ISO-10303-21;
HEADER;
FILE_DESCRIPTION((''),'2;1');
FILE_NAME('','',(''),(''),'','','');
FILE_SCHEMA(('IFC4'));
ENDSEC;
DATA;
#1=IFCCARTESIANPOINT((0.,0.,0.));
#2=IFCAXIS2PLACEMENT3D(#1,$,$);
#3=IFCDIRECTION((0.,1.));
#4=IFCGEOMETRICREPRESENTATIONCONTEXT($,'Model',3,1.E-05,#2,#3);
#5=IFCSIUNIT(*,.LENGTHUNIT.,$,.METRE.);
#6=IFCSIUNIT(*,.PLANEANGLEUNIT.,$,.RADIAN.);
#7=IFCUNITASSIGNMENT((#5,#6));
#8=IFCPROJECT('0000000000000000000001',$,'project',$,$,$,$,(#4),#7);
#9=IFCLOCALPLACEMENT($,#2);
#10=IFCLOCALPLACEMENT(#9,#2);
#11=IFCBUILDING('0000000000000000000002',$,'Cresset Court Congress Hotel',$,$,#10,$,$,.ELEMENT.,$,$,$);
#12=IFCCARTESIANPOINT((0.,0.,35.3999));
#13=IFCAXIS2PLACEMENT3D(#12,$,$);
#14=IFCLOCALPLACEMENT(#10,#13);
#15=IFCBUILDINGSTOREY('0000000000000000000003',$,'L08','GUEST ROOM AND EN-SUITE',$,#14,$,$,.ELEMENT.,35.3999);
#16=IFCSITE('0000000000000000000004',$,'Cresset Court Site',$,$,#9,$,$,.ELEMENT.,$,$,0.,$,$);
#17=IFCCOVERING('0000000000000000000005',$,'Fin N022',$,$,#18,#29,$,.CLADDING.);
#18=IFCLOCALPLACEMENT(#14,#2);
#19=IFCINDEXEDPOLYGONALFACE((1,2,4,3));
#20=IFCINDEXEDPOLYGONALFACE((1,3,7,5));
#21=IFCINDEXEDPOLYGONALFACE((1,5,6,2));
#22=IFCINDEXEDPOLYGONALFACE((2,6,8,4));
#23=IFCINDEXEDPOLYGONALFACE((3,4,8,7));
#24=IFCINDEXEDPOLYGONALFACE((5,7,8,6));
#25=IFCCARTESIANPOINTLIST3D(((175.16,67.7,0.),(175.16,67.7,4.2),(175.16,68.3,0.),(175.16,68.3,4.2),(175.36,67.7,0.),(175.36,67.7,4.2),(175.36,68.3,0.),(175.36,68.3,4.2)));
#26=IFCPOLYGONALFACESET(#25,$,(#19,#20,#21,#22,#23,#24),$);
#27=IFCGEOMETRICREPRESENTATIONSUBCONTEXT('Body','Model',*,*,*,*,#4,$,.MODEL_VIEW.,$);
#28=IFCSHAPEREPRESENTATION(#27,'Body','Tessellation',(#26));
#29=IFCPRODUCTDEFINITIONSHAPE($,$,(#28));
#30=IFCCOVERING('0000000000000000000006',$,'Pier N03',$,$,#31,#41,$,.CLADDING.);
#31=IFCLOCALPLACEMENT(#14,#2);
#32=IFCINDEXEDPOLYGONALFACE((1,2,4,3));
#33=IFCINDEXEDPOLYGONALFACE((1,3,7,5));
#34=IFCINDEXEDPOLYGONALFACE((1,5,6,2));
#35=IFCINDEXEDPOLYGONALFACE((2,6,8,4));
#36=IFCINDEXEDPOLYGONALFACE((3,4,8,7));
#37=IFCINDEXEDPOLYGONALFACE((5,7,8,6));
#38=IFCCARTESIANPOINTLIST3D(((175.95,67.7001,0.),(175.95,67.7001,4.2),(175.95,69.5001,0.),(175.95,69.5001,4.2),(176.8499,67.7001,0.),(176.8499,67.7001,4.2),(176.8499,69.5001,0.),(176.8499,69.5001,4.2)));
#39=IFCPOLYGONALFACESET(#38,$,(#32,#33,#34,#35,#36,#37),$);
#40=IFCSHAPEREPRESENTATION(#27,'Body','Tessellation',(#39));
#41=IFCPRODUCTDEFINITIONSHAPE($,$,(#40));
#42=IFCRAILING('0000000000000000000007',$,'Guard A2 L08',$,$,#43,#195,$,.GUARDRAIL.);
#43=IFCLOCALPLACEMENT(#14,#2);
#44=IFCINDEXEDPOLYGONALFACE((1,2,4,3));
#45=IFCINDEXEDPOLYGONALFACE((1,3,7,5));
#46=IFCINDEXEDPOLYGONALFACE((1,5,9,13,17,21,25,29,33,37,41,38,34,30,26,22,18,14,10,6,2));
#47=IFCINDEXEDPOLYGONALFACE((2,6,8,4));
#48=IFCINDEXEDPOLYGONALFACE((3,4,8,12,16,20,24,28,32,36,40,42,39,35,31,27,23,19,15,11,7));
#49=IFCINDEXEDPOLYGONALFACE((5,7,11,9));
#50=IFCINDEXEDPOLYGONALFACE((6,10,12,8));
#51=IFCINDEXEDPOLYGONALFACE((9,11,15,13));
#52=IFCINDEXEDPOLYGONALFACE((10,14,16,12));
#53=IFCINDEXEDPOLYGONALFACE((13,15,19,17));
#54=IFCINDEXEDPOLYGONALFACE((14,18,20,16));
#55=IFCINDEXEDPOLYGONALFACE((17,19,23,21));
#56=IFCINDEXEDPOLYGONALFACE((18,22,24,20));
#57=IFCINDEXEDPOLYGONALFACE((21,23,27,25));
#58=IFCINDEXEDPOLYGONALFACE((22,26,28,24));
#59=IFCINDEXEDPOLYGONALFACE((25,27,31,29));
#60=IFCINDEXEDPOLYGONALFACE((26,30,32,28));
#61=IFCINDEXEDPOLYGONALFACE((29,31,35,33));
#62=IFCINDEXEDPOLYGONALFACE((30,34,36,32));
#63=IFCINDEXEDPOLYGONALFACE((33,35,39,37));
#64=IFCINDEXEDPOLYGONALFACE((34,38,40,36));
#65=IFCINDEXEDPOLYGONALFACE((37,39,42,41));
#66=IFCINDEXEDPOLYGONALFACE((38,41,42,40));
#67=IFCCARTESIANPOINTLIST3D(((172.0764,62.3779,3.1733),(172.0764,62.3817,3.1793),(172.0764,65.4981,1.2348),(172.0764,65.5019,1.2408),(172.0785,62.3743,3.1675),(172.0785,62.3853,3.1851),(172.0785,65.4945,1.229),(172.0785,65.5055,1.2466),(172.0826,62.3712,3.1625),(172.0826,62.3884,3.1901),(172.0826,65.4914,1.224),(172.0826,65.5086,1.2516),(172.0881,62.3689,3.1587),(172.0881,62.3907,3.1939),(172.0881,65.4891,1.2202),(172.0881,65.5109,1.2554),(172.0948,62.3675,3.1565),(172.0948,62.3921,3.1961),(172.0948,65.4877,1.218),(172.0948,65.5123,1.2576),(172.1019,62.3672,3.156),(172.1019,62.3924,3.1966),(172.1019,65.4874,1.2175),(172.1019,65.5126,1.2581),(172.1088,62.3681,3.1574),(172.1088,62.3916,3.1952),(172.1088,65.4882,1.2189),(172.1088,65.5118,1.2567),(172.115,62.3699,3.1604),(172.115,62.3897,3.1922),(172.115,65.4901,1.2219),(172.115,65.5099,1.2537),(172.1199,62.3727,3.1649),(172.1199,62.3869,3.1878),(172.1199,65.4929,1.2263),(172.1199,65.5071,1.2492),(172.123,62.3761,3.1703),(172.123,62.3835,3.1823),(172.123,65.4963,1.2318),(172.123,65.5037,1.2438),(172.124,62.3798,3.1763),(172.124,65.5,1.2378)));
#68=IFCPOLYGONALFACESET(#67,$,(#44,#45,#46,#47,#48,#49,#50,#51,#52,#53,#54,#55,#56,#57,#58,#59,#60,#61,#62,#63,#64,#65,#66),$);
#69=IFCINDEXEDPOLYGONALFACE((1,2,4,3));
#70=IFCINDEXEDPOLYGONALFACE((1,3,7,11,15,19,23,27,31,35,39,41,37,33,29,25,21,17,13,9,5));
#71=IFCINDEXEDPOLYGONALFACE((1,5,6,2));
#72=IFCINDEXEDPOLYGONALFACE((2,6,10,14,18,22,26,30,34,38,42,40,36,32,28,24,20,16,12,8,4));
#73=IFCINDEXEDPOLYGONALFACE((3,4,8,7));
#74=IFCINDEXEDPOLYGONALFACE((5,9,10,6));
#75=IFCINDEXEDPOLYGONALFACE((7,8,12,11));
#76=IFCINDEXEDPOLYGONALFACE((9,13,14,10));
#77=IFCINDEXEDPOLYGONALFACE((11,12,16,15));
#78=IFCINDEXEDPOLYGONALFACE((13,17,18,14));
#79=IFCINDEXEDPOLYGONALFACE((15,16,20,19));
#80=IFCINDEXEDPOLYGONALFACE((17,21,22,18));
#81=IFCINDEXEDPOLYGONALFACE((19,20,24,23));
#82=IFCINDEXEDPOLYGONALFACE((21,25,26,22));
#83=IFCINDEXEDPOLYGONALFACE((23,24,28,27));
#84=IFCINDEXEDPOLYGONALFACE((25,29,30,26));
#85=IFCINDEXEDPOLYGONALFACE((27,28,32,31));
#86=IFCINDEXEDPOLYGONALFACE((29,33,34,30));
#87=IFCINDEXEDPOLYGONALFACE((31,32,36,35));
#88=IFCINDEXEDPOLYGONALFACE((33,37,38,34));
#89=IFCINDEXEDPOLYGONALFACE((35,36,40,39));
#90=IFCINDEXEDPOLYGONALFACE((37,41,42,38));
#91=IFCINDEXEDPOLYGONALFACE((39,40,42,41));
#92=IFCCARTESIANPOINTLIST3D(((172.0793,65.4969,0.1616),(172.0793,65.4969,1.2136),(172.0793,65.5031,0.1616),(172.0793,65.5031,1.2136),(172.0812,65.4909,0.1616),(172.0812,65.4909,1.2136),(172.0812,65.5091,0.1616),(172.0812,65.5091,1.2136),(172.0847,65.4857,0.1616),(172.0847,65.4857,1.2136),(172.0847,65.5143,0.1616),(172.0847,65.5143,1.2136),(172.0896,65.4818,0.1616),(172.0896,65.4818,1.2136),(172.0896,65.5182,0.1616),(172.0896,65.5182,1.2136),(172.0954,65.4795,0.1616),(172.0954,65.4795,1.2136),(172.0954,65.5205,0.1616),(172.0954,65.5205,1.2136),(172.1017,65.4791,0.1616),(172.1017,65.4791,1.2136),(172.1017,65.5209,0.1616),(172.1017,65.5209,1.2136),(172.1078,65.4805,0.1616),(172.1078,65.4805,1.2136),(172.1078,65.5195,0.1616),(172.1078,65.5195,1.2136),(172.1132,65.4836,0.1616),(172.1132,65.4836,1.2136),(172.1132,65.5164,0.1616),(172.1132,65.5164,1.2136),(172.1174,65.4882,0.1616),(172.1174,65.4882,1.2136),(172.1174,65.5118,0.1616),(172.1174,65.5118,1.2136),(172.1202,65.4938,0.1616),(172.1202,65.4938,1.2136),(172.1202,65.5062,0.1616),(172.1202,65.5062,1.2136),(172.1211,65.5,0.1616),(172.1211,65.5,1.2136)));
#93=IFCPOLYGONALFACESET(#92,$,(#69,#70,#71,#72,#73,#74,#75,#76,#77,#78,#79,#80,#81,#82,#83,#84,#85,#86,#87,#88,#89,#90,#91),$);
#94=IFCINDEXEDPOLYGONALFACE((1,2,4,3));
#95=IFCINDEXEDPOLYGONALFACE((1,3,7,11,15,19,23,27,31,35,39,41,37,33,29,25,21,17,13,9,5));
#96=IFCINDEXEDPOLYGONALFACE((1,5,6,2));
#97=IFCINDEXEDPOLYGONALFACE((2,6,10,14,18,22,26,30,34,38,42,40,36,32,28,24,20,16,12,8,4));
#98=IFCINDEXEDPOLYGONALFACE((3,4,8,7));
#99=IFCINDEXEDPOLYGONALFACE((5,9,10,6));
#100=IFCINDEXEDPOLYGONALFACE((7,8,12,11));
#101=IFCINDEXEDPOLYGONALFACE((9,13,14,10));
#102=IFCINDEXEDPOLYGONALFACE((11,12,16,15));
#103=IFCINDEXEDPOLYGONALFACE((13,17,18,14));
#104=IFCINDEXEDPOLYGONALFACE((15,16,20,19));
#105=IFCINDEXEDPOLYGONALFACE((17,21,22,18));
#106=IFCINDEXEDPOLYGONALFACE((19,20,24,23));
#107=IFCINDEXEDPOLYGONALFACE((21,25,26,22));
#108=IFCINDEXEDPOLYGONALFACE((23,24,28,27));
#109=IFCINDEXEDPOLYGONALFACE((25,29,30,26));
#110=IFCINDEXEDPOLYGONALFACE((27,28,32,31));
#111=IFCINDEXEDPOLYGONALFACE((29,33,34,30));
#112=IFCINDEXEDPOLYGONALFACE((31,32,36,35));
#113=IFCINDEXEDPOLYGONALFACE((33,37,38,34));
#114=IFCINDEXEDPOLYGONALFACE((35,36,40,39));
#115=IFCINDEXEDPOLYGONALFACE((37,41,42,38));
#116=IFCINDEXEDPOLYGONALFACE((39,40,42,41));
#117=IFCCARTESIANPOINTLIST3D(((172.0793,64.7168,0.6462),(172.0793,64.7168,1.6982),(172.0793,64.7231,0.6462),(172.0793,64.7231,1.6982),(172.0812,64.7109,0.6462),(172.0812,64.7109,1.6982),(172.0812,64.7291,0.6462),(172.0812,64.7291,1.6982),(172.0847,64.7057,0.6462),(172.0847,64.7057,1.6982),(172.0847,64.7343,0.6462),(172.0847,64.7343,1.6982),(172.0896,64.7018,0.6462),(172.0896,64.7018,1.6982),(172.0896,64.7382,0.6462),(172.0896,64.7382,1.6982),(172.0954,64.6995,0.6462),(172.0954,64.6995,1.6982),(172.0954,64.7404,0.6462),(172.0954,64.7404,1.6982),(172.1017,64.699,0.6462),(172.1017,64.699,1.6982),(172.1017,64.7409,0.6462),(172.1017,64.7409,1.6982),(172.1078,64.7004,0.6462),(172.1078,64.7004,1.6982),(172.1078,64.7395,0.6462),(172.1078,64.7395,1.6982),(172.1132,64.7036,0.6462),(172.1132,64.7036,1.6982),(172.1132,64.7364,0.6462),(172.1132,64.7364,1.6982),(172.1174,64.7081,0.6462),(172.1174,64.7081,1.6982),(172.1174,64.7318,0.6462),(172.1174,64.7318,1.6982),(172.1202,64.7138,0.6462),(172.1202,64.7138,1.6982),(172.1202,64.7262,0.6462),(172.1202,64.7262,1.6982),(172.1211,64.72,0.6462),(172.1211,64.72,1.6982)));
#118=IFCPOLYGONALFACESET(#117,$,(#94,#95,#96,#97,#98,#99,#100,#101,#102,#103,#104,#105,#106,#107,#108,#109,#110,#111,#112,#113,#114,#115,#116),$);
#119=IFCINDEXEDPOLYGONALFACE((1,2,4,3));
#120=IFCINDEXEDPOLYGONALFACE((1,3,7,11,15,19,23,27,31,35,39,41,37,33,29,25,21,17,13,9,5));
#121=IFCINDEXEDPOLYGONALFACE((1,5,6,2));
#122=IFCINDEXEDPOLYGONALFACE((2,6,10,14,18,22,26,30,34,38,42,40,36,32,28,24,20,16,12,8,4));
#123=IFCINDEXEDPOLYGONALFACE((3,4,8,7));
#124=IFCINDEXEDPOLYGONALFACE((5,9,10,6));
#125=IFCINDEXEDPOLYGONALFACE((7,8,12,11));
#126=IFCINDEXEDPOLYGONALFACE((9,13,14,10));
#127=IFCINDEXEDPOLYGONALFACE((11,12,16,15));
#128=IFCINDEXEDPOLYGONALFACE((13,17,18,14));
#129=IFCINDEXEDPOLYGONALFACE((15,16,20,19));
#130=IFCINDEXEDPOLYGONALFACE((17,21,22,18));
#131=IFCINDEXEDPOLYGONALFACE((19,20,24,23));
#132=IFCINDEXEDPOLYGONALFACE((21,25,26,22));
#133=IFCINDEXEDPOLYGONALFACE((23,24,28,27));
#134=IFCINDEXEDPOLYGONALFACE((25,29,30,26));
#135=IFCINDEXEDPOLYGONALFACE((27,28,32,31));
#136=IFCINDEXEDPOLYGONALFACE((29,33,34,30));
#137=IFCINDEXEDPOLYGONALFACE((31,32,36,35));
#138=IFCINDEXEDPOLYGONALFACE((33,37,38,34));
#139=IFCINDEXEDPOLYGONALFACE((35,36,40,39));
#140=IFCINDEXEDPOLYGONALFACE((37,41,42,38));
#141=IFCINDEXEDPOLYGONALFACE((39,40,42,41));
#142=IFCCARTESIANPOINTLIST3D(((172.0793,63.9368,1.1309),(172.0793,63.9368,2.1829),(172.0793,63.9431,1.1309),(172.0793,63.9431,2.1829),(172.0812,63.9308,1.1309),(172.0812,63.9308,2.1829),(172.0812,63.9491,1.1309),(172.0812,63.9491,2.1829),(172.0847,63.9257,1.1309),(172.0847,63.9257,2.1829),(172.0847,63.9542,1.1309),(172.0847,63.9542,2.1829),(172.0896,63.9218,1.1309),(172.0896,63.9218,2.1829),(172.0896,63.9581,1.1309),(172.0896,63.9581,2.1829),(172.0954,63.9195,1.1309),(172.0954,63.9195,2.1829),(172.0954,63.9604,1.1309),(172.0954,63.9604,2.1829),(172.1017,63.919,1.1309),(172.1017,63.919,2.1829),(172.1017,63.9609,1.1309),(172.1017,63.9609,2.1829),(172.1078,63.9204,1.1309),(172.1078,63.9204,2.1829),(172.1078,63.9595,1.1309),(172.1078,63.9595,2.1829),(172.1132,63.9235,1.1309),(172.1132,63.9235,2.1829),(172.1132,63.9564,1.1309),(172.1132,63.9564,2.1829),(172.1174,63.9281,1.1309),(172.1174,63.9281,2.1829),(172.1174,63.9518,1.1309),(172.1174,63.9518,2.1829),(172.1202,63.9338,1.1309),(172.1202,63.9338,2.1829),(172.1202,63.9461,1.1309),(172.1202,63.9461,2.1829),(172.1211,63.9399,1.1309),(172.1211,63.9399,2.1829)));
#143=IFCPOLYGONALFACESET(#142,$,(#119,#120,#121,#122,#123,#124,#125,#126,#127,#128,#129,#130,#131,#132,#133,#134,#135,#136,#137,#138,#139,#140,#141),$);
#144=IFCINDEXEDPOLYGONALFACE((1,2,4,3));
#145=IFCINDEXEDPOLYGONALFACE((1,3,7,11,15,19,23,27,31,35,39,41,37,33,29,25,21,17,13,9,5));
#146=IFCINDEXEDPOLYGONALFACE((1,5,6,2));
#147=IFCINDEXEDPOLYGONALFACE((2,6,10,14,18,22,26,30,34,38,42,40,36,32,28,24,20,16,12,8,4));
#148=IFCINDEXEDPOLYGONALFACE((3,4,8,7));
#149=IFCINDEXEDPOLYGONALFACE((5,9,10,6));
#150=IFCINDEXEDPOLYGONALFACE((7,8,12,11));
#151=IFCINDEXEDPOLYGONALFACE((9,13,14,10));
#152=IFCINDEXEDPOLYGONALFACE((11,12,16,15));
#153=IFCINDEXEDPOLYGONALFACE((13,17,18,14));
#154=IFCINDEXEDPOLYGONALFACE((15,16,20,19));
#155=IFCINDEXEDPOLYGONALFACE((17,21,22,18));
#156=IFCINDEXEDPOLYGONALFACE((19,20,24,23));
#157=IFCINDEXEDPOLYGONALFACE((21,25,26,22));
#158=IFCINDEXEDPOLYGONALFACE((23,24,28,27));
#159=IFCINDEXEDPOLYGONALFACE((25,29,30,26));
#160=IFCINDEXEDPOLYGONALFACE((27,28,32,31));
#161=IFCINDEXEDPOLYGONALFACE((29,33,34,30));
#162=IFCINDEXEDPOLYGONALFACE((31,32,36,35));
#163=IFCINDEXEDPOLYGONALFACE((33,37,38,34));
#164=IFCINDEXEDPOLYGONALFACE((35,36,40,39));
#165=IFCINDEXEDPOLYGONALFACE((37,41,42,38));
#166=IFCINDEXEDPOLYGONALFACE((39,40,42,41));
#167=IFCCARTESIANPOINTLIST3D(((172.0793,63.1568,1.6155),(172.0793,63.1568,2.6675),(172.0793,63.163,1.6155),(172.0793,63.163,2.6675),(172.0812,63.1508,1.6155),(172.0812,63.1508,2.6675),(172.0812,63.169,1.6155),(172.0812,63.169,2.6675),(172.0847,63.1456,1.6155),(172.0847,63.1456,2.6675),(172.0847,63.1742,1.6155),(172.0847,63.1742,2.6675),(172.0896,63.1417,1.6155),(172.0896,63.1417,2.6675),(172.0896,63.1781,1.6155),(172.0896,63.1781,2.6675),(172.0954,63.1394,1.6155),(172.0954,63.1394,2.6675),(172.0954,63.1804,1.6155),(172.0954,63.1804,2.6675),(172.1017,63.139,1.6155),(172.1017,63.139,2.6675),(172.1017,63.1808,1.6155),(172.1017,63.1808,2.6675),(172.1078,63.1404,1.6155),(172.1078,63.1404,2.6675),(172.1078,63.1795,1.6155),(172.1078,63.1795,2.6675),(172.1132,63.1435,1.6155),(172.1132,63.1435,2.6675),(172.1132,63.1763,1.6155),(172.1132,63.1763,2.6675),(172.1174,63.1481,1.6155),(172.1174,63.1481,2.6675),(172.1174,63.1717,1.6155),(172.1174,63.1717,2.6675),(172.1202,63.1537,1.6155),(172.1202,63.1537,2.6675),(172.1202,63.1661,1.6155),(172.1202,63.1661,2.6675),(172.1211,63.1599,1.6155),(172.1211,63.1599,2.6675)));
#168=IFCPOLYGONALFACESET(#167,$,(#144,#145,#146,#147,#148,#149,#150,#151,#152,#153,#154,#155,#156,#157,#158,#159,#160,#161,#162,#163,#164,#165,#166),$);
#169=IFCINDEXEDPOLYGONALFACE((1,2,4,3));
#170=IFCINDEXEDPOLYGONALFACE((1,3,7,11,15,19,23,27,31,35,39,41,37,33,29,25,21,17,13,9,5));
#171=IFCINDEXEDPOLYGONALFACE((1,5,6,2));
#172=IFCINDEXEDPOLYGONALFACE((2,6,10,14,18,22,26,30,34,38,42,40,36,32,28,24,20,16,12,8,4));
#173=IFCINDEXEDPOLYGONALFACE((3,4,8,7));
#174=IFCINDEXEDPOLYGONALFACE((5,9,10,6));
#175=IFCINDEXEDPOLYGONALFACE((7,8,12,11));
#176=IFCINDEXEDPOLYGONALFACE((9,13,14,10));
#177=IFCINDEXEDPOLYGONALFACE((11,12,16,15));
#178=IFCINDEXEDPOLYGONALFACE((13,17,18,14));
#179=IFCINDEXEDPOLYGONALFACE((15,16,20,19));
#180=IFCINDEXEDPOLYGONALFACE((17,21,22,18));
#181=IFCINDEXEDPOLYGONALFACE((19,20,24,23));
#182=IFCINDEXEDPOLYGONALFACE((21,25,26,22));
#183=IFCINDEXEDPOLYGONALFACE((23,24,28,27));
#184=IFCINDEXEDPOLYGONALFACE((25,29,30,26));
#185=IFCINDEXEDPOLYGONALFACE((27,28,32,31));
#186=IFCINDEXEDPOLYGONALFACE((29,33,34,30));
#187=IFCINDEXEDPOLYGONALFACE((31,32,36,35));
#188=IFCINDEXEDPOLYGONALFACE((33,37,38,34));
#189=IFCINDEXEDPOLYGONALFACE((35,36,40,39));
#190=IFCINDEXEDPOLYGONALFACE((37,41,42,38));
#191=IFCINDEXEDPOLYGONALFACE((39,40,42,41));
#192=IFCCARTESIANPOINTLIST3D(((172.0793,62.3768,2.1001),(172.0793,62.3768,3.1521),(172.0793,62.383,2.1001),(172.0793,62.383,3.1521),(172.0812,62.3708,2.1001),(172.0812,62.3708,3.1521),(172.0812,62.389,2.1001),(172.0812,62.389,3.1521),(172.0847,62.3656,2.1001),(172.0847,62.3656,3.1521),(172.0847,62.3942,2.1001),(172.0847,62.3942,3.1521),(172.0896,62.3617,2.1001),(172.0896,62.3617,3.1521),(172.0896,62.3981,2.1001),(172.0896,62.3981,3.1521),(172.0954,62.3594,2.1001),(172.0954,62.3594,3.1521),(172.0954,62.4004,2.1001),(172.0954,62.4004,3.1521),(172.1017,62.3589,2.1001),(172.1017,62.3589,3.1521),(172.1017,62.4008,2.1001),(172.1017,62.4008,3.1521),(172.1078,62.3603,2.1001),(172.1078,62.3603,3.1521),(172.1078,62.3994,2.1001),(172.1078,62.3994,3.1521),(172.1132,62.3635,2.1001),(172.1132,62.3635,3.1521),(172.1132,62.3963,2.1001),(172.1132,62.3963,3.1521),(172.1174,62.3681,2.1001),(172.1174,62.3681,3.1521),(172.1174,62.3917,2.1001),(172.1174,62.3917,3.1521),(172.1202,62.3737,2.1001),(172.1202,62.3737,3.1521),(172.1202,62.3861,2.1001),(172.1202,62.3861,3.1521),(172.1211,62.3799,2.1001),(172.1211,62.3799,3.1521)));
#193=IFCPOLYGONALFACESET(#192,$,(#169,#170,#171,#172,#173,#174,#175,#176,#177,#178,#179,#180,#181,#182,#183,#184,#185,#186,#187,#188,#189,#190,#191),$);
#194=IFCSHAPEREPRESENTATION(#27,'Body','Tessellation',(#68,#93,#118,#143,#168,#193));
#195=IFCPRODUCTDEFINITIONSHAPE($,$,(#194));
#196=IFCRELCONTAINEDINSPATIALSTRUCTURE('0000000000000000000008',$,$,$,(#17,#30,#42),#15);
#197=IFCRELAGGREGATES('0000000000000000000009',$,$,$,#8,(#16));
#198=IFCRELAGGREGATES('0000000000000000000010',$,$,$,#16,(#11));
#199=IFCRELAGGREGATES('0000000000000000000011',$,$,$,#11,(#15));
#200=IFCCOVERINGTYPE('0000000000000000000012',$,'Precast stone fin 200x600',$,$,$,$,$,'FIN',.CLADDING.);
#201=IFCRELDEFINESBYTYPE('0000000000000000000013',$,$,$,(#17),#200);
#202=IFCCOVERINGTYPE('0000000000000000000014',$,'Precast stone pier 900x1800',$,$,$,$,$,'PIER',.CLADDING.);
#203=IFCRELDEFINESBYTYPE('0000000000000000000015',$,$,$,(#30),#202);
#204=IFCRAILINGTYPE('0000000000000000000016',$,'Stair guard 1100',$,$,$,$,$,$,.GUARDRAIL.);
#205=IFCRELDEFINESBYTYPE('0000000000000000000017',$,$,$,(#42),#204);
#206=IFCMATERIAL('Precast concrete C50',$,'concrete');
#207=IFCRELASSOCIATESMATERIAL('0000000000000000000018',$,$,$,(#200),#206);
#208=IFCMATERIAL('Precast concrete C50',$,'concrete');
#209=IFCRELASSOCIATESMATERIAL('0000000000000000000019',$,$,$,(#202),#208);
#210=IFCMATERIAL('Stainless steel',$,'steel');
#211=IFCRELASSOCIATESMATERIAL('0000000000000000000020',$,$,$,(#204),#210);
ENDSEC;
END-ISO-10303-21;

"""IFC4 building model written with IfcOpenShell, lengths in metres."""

from ifc_helpers import new_model, si_unit, direction, frame, origin, origin_2d, place, context, subcontext, project, spatial, rectangle, circle, extrude, material, type_object, element, save


model = new_model("IFC4")

# Units and contexts
model_context = context("Model", 3, precision=1e-05, world=origin(), true_north=direction((0.0, 1.0)))
body_context = subcontext(model_context, "Body", "Model", "MODEL_VIEW")
ifc_project = project(units=[si_unit("LENGTHUNIT", "METRE"), si_unit("PLANEANGLEUNIT", "RADIAN")], contexts=[model_context])

# Site, building, storey
site_placement = place(None, origin())
site = spatial("IfcSite", under=ifc_project, at=site_placement, Name="Cresset Court Site", CompositionType="ELEMENT", RefElevation=0.0)
building_placement = place(site_placement, origin())
building = spatial("IfcBuilding", under=site, at=building_placement, Name="Cresset Court Congress Hotel", CompositionType="ELEMENT")
storey_placement = place(building_placement, frame((0.0, 0.0, 35.3999)))
storey = spatial("IfcBuildingStorey", under=building, at=storey_placement, Name="L08", Description="GUEST ROOM AND EN-SUITE", CompositionType="ELEMENT", Elevation=35.3999)

# Coverings
ifc_material_1 = material(Name="Precast concrete C50", Category="concrete")
covering_type_1 = type_object("IfcCoveringType", Name="Precast stone fin 200x600", ElementType="FIN", PredefinedType="CLADDING", material=ifc_material_1)
for number, where, z_axis, x_axis, name in (
    (1, (175.26, 68.0, 0.0), (0.0, 0.0, 1.0), (1.0, 0.0, 0.0), "Fin N022"),
):
    element("IfcCovering", number, at=place(storey_placement, frame(where, z_axis=z_axis, x_axis=x_axis)), inside=storey, type_object=covering_type_1, Name=name, PredefinedType="CLADDING", context=body_context, shape_type="SweptSolid", body=[
        extrude(rectangle(XDim=0.2, YDim=0.6001, at=origin_2d()), origin(), (0.0, 0.0, 1.0), 4.2),
    ])
ifc_material_2 = material(Name="Precast concrete C50", Category="concrete")
covering_type_2 = type_object("IfcCoveringType", Name="Precast stone pier 900x1800", ElementType="PIER", PredefinedType="CLADDING", material=ifc_material_2)
covering_placement = place(storey_placement, frame((176.3999, 68.6001, 0.0), z_axis=(0.0, 0.0, 1.0), x_axis=(1.0, 0.0, 0.0)))
element("IfcCovering", 2, at=covering_placement, inside=storey, type_object=covering_type_2, Name="Pier N03", PredefinedType="CLADDING", context=body_context, shape_type="SweptSolid", body=[
    extrude(rectangle(XDim=0.8999, YDim=1.8, at=origin_2d()), origin(), (0.0, 0.0, 1.0), 4.2),
])

# Railing
ifc_material_3 = material(Name="Stainless steel", Category="steel")
railing_type_1 = type_object("IfcRailingType", Name="Stair guard 1100", PredefinedType="GUARDRAIL", material=ifc_material_3)
railing_placement = place(storey_placement, frame((172.1001, 65.5, 0.1616)))
element("IfcRailing", 3, at=railing_placement, inside=storey, type_object=railing_type_1, Name="Guard A2 L08", PredefinedType="GUARDRAIL", context=body_context, shape_type="SweptSolid", body=[
    extrude(circle(Radius=0.0239, at=origin_2d()), frame((0.0, 0.0, 1.0762), z_axis=(0.0, -0.849414, 0.527727), x_axis=(1.0, 0.0, 0.0)), (0.0, 0.0, 1.0), 3.6733),
    extrude(circle(Radius=0.021, at=origin_2d()), origin(), (0.0, 0.0, 1.0), 1.052),
    extrude(circle(Radius=0.021, at=origin_2d()), frame((0.0, -0.78, 0.4846)), (0.0, 0.0, 1.0), 1.052),
    extrude(circle(Radius=0.021, at=origin_2d()), frame((0.0, -1.5601, 0.9692)), (0.0, 0.0, 1.0), 1.052),
    extrude(circle(Radius=0.021, at=origin_2d()), frame((0.0, -2.3401, 1.4539)), (0.0, 0.0, 1.0), 1.052),
    extrude(circle(Radius=0.021, at=origin_2d()), frame((0.0, -3.1201, 1.9385)), (0.0, 0.0, 1.0), 1.052),
])

save(model, "model.ifc")
